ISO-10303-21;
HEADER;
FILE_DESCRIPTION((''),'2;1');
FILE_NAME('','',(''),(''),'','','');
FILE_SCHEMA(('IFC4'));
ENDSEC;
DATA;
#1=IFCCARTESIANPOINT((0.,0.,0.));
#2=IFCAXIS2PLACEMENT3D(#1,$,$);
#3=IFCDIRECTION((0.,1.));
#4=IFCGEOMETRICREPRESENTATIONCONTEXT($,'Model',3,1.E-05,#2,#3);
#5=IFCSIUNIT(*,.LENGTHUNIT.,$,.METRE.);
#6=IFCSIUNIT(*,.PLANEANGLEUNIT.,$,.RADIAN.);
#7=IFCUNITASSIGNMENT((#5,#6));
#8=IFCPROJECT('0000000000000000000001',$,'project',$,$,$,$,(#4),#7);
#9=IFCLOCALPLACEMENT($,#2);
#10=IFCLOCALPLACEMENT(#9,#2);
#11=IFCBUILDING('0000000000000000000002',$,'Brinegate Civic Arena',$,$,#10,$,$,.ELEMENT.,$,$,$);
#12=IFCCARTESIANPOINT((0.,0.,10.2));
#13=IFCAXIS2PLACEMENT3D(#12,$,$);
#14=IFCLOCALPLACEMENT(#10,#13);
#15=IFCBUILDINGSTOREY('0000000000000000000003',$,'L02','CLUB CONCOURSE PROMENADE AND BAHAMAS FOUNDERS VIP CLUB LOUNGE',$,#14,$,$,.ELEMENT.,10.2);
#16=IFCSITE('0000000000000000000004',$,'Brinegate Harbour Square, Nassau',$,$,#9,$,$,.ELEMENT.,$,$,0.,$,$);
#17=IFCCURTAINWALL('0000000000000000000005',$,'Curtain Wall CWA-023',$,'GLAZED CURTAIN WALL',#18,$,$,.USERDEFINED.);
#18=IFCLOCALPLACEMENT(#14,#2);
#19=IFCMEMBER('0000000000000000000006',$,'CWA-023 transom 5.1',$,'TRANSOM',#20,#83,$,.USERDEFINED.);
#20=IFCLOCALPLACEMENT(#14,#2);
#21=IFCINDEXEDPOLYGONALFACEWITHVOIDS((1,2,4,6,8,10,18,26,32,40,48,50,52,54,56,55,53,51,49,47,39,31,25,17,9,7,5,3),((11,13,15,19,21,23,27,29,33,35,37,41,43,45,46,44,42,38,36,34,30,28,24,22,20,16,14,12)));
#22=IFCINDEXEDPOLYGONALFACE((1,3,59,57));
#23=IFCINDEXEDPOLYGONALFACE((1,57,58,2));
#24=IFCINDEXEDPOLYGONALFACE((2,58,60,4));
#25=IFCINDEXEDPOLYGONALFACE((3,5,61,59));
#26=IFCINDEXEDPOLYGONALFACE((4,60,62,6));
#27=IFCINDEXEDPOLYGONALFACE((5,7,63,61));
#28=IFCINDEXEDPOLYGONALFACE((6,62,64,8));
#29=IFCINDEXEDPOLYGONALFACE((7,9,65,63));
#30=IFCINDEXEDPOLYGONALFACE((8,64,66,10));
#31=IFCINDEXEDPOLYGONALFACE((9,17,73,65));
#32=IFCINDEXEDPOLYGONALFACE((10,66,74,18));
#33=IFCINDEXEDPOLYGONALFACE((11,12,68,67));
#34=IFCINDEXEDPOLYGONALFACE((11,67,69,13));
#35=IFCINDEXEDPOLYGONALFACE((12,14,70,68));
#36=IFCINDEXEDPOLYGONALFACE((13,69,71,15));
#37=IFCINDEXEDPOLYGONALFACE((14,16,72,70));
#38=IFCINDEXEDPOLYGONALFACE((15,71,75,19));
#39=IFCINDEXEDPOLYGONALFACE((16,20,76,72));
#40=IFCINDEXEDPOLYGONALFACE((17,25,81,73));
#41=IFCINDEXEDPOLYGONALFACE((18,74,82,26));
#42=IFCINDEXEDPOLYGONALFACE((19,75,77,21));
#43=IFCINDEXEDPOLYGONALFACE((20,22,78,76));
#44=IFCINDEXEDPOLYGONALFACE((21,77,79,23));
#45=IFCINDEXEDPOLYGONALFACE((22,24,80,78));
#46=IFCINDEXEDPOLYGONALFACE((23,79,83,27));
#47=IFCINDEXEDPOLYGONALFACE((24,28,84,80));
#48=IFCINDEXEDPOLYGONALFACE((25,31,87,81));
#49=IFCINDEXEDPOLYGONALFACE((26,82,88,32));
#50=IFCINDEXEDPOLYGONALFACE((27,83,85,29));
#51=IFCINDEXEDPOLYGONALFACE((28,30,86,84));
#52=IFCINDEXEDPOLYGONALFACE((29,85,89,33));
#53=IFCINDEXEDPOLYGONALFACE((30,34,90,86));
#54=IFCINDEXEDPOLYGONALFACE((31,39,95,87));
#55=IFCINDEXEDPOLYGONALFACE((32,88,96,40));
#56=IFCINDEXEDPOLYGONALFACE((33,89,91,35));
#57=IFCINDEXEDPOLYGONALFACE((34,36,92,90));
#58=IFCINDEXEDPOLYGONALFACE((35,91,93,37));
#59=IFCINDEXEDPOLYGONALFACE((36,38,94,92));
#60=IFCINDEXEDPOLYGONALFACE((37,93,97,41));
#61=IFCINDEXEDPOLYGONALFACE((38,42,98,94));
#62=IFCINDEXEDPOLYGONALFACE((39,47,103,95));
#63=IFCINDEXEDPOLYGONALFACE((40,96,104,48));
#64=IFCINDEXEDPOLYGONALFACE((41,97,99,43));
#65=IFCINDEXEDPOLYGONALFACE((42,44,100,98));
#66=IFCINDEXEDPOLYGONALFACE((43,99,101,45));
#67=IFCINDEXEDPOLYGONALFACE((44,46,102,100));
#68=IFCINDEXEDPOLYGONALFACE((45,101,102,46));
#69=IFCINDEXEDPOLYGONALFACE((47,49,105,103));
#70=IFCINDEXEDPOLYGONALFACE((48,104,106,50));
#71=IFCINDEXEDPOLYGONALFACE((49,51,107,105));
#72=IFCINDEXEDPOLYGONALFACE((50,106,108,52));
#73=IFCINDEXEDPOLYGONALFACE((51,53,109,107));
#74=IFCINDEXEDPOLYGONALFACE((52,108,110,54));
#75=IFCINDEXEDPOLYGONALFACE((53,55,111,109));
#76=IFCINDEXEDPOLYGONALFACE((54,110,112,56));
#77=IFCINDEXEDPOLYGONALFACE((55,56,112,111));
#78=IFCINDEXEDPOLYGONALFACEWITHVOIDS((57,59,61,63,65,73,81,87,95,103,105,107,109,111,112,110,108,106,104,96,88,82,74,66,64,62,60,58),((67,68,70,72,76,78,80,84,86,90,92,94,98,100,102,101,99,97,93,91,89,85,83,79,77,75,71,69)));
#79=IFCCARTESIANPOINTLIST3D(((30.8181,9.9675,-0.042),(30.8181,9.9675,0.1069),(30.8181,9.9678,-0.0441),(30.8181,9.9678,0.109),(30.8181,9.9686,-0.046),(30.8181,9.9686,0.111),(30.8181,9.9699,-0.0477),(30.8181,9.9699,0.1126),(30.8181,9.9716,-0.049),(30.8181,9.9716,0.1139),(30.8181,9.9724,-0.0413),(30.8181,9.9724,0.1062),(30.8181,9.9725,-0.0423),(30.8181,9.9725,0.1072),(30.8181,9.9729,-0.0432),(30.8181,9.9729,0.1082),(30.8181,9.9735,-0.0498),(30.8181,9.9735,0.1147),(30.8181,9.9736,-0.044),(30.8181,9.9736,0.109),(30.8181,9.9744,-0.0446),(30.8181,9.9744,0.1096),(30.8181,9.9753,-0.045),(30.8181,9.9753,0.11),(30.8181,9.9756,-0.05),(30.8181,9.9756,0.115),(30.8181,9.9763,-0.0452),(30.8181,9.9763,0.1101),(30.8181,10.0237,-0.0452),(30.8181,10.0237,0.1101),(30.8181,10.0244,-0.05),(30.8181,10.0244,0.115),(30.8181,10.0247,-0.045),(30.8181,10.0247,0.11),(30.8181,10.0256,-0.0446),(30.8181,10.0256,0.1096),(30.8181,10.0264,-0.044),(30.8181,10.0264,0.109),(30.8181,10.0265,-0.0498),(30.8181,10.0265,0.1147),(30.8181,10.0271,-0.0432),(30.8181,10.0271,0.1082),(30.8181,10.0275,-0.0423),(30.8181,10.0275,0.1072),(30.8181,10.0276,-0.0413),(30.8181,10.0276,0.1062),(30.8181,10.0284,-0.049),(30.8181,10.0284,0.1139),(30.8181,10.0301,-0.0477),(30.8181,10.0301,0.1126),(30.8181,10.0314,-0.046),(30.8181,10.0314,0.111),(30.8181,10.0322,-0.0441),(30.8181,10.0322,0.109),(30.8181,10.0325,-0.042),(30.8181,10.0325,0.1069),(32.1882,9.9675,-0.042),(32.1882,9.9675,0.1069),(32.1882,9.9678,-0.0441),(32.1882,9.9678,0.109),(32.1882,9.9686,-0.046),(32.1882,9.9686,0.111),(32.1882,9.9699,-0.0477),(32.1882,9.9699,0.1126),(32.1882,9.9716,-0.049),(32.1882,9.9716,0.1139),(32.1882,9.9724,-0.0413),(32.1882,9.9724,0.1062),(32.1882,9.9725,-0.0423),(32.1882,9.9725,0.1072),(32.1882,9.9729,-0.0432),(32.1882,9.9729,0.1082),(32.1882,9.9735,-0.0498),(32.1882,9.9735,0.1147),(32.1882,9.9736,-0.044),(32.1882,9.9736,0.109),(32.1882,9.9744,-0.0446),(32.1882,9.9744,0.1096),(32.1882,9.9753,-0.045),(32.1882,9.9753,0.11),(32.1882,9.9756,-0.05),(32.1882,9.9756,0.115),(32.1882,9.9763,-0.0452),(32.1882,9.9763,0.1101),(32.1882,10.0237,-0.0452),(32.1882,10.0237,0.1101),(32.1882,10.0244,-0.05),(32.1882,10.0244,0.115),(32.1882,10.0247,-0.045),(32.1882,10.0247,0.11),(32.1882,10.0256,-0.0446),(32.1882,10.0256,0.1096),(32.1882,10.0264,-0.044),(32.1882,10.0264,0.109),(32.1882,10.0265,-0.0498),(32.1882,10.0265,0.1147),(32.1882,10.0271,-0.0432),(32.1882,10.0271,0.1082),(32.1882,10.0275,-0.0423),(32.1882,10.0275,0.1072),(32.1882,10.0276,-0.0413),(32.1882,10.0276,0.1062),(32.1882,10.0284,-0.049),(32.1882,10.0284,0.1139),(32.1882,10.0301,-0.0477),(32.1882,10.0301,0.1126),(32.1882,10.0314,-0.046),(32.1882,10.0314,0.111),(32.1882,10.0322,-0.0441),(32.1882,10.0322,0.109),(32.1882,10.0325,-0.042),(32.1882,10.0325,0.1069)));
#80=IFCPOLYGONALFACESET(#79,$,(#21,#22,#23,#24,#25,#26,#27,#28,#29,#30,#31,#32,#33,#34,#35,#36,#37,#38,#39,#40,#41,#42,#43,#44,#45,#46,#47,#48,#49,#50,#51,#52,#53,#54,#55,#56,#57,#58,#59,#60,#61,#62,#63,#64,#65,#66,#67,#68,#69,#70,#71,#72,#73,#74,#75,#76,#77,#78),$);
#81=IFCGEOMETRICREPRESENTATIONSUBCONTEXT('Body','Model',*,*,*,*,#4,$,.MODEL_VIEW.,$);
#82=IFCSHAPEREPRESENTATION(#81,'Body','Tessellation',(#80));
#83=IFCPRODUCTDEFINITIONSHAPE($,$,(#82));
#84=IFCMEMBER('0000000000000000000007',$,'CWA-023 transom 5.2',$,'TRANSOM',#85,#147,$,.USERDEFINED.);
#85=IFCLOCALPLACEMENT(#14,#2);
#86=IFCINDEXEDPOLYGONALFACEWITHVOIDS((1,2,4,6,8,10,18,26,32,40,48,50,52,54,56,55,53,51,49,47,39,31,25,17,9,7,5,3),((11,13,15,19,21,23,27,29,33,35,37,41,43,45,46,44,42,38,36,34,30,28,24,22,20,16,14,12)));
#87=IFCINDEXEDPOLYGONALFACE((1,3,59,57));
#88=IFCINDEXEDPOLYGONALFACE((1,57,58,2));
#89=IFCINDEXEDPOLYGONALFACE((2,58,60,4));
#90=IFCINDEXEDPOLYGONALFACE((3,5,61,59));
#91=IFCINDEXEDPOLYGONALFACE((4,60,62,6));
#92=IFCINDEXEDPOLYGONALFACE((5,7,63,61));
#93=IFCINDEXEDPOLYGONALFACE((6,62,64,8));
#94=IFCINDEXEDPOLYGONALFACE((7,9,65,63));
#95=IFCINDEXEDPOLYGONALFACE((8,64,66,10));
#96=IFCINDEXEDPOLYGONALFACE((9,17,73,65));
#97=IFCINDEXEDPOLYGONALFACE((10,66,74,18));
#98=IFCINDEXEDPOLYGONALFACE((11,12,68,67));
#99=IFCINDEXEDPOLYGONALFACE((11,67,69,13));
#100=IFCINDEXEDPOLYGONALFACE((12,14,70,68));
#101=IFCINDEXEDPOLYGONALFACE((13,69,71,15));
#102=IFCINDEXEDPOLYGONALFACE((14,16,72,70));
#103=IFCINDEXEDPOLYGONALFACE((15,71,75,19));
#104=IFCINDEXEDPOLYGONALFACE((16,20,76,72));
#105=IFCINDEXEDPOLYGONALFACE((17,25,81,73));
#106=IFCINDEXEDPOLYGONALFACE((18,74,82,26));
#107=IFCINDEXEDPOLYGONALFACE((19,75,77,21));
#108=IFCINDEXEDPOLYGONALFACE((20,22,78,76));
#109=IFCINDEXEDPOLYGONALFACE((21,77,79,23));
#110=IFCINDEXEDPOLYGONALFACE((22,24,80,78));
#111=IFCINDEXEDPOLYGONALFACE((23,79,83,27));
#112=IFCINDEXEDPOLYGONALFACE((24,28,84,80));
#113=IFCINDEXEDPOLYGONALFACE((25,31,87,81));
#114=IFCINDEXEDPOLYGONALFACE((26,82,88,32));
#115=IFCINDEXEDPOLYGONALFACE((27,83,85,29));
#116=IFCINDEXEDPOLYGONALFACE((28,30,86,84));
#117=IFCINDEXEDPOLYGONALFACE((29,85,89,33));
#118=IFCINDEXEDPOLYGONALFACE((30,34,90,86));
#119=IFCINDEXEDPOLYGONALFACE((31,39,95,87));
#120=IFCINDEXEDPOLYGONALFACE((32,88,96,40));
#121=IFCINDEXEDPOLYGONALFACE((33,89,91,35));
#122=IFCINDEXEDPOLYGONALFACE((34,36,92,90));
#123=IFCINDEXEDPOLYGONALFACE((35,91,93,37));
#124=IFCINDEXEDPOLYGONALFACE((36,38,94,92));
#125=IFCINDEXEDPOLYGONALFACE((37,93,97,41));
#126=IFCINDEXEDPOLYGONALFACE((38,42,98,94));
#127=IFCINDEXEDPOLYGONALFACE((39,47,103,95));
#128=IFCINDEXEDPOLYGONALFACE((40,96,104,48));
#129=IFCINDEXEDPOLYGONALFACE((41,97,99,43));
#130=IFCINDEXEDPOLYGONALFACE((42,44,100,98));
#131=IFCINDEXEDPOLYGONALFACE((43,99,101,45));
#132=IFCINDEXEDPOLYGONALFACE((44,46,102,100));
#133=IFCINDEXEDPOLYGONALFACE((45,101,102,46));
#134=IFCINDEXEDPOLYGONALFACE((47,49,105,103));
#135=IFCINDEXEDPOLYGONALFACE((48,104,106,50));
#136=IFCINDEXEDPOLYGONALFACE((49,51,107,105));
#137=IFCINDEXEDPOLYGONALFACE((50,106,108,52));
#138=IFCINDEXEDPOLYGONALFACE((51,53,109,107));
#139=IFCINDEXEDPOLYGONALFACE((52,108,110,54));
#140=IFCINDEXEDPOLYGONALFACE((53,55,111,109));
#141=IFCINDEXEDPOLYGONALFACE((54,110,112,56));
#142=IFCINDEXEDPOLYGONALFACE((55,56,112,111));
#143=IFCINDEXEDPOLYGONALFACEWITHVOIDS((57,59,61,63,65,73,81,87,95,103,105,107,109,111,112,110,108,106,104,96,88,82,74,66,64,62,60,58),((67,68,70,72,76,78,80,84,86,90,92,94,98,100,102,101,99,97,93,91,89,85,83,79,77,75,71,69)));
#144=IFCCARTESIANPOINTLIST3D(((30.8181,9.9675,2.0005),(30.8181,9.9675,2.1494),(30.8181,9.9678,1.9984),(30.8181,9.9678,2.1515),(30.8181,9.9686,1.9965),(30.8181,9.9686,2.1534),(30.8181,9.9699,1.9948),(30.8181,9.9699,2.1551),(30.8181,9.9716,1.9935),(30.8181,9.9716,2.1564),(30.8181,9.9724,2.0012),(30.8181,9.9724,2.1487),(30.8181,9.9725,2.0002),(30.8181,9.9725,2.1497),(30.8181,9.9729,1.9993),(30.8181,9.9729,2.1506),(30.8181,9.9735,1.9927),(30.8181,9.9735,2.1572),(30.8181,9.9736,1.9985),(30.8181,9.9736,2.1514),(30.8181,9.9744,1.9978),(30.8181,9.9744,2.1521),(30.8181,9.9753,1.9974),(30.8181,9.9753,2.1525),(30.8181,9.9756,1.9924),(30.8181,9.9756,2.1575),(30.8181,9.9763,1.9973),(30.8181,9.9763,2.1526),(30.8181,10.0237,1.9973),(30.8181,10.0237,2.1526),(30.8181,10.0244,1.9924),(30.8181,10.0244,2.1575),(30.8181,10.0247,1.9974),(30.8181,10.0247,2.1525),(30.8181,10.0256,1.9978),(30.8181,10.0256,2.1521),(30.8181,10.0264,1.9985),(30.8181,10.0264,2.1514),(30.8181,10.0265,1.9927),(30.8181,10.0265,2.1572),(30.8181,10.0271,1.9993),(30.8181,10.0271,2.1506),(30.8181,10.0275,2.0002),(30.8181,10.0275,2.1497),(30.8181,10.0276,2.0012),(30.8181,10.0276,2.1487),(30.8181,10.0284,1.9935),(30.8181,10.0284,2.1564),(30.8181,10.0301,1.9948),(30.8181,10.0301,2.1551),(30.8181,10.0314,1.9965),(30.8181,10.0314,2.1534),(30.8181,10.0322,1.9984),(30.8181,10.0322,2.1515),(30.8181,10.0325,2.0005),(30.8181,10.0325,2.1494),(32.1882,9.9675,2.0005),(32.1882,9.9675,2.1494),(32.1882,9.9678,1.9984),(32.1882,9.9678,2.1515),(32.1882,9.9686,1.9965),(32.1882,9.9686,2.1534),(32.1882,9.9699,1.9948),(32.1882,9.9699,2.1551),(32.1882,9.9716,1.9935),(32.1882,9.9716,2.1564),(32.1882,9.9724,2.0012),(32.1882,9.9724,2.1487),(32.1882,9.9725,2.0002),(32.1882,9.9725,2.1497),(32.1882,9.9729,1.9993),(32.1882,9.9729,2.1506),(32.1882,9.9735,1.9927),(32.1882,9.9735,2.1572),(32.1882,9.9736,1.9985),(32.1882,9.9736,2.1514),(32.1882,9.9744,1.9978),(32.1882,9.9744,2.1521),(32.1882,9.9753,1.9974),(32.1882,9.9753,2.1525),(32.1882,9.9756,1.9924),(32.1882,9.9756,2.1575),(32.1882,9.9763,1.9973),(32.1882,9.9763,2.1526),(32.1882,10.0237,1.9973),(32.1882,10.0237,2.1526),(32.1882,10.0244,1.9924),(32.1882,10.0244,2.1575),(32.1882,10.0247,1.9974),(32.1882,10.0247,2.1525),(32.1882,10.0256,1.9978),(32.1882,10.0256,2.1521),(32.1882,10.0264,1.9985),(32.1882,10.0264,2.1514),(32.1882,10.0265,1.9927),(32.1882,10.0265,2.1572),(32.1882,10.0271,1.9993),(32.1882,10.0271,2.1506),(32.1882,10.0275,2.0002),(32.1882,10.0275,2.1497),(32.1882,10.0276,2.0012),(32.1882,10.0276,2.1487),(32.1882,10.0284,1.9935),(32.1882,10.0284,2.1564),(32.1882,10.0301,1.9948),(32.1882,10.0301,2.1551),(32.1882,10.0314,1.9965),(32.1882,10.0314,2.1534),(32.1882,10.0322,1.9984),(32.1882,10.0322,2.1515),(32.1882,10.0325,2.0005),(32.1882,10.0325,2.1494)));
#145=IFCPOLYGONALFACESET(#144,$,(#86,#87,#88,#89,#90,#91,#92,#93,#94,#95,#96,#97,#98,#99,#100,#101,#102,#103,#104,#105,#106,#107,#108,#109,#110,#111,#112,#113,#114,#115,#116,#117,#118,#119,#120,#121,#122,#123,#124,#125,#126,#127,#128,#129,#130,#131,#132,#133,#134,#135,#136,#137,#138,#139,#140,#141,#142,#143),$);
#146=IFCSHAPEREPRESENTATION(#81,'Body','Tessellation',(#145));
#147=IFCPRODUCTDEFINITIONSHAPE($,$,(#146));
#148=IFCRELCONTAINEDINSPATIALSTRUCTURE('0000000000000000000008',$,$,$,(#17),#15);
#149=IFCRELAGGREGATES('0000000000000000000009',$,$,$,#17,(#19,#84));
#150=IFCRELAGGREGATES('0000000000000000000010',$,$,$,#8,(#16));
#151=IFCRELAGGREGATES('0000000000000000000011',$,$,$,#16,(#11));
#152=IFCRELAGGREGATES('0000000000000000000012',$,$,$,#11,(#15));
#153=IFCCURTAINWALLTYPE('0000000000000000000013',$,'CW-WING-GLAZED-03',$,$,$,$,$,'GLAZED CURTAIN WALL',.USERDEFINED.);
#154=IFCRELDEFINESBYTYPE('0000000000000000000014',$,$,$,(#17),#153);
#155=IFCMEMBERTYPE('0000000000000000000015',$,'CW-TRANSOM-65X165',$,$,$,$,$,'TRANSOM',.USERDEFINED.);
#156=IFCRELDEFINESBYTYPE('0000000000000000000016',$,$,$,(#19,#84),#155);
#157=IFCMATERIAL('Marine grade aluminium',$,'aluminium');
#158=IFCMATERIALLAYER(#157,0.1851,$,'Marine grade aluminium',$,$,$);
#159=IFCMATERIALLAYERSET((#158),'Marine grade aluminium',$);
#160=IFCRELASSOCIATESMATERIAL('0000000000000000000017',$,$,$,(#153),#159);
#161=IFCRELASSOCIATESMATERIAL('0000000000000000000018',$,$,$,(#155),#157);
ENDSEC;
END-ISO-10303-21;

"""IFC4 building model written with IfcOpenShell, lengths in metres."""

from ifc_helpers import new_model, si_unit, direction, frame, origin, origin_2d, place, context, subcontext, project, spatial, hollow_rectangle, extrude, material, layer, layer_set, material_profile, profile_set, type_object, element, aggregate, save


model = new_model("IFC4")

# Units and contexts
model_context = context("Model", 3, precision=1e-05, world=origin(), true_north=direction((0.0, 1.0)))
body_context = subcontext(model_context, "Body", "Model", "MODEL_VIEW")
ifc_project = project(units=[si_unit("LENGTHUNIT", "METRE"), si_unit("PLANEANGLEUNIT", "RADIAN")], contexts=[model_context])

# Site, building, storey
site_placement = place(None, origin())
site = spatial("IfcSite", under=ifc_project, at=site_placement, Name="Brinegate Harbour Square, Nassau", CompositionType="ELEMENT", RefElevation=0.0)
building_placement = place(site_placement, origin())
building = spatial("IfcBuilding", under=site, at=building_placement, Name="Brinegate Civic Arena", CompositionType="ELEMENT")
storey_placement = place(building_placement, frame((0.0, 0.0, 10.2)))
storey = spatial("IfcBuildingStorey", under=building, at=storey_placement, Name="L02", Description="CLUB CONCOURSE PROMENADE AND BAHAMAS FOUNDERS VIP CLUB LOUNGE", CompositionType="ELEMENT", Elevation=10.2)

# Curtain wall, members
ifc_material_1 = material(Name="Marine grade aluminium", Category="aluminium")
ifc_layer_1 = layer(ifc_material_1, 0.1851, Name="Marine grade aluminium")
ifc_layer_set_1 = layer_set([ifc_layer_1], Name="Marine grade aluminium")
curtain_wall_type = type_object("IfcCurtainWallType", Name="CW-WING-GLAZED-03", ElementType="GLAZED CURTAIN WALL", PredefinedType="USERDEFINED", material=ifc_layer_set_1)
curtain_wall_placement = place(storey_placement, origin())
curtain_wall = element("IfcCurtainWall", 1, at=curtain_wall_placement, inside=storey, type_object=curtain_wall_type, Name="Curtain Wall CWA-023", ObjectType="GLAZED CURTAIN WALL", PredefinedType="USERDEFINED")
ifc_material_profile_1 = material_profile(ifc_material_1, hollow_rectangle(XDim=0.0649, YDim=0.165, WallThickness=0.0049, InnerFilletRadius=0.0039, OuterFilletRadius=0.0081, at=origin_2d()), Name="TRN65X165")
ifc_profile_set_1 = profile_set([ifc_material_profile_1], Name="Marine grade aluminium")
member_type_1 = type_object("IfcMemberType", Name="CW-TRANSOM-65X165", ElementType="TRANSOM", PredefinedType="USERDEFINED", material=ifc_profile_set_1)
member_1_placement = place(storey_placement, frame((30.8181, 10.0, 0.0325), z_axis=(1.0, 0.0, 0.0), x_axis=(0.0, 1.0, 0.0)))
member_1 = element("IfcMember", 2, at=member_1_placement, type_object=member_type_1, Name="CWA-023 transom 5.1", ObjectType="TRANSOM", PredefinedType="USERDEFINED", context=body_context, shape_type="SweptSolid", body=[
    extrude(hollow_rectangle(XDim=0.0649, YDim=0.165, WallThickness=0.0049, InnerFilletRadius=0.0039, OuterFilletRadius=0.0081, at=origin_2d()), origin(), (0.0, 0.0, 1.0), 1.3701),
])
member_2_placement = place(storey_placement, frame((30.8181, 10.0, 2.075), z_axis=(1.0, 0.0, 0.0), x_axis=(0.0, 1.0, 0.0)))
member_2 = element("IfcMember", 3, at=member_2_placement, type_object=member_type_1, Name="CWA-023 transom 5.2", ObjectType="TRANSOM", PredefinedType="USERDEFINED", context=body_context, shape_type="SweptSolid", body=[
    extrude(hollow_rectangle(XDim=0.0649, YDim=0.165, WallThickness=0.0049, InnerFilletRadius=0.0039, OuterFilletRadius=0.0081, at=origin_2d()), origin(), (0.0, 0.0, 1.0), 1.3701),
])

aggregate(curtain_wall, [member_1, member_2])

save(model, "model.ifc")
